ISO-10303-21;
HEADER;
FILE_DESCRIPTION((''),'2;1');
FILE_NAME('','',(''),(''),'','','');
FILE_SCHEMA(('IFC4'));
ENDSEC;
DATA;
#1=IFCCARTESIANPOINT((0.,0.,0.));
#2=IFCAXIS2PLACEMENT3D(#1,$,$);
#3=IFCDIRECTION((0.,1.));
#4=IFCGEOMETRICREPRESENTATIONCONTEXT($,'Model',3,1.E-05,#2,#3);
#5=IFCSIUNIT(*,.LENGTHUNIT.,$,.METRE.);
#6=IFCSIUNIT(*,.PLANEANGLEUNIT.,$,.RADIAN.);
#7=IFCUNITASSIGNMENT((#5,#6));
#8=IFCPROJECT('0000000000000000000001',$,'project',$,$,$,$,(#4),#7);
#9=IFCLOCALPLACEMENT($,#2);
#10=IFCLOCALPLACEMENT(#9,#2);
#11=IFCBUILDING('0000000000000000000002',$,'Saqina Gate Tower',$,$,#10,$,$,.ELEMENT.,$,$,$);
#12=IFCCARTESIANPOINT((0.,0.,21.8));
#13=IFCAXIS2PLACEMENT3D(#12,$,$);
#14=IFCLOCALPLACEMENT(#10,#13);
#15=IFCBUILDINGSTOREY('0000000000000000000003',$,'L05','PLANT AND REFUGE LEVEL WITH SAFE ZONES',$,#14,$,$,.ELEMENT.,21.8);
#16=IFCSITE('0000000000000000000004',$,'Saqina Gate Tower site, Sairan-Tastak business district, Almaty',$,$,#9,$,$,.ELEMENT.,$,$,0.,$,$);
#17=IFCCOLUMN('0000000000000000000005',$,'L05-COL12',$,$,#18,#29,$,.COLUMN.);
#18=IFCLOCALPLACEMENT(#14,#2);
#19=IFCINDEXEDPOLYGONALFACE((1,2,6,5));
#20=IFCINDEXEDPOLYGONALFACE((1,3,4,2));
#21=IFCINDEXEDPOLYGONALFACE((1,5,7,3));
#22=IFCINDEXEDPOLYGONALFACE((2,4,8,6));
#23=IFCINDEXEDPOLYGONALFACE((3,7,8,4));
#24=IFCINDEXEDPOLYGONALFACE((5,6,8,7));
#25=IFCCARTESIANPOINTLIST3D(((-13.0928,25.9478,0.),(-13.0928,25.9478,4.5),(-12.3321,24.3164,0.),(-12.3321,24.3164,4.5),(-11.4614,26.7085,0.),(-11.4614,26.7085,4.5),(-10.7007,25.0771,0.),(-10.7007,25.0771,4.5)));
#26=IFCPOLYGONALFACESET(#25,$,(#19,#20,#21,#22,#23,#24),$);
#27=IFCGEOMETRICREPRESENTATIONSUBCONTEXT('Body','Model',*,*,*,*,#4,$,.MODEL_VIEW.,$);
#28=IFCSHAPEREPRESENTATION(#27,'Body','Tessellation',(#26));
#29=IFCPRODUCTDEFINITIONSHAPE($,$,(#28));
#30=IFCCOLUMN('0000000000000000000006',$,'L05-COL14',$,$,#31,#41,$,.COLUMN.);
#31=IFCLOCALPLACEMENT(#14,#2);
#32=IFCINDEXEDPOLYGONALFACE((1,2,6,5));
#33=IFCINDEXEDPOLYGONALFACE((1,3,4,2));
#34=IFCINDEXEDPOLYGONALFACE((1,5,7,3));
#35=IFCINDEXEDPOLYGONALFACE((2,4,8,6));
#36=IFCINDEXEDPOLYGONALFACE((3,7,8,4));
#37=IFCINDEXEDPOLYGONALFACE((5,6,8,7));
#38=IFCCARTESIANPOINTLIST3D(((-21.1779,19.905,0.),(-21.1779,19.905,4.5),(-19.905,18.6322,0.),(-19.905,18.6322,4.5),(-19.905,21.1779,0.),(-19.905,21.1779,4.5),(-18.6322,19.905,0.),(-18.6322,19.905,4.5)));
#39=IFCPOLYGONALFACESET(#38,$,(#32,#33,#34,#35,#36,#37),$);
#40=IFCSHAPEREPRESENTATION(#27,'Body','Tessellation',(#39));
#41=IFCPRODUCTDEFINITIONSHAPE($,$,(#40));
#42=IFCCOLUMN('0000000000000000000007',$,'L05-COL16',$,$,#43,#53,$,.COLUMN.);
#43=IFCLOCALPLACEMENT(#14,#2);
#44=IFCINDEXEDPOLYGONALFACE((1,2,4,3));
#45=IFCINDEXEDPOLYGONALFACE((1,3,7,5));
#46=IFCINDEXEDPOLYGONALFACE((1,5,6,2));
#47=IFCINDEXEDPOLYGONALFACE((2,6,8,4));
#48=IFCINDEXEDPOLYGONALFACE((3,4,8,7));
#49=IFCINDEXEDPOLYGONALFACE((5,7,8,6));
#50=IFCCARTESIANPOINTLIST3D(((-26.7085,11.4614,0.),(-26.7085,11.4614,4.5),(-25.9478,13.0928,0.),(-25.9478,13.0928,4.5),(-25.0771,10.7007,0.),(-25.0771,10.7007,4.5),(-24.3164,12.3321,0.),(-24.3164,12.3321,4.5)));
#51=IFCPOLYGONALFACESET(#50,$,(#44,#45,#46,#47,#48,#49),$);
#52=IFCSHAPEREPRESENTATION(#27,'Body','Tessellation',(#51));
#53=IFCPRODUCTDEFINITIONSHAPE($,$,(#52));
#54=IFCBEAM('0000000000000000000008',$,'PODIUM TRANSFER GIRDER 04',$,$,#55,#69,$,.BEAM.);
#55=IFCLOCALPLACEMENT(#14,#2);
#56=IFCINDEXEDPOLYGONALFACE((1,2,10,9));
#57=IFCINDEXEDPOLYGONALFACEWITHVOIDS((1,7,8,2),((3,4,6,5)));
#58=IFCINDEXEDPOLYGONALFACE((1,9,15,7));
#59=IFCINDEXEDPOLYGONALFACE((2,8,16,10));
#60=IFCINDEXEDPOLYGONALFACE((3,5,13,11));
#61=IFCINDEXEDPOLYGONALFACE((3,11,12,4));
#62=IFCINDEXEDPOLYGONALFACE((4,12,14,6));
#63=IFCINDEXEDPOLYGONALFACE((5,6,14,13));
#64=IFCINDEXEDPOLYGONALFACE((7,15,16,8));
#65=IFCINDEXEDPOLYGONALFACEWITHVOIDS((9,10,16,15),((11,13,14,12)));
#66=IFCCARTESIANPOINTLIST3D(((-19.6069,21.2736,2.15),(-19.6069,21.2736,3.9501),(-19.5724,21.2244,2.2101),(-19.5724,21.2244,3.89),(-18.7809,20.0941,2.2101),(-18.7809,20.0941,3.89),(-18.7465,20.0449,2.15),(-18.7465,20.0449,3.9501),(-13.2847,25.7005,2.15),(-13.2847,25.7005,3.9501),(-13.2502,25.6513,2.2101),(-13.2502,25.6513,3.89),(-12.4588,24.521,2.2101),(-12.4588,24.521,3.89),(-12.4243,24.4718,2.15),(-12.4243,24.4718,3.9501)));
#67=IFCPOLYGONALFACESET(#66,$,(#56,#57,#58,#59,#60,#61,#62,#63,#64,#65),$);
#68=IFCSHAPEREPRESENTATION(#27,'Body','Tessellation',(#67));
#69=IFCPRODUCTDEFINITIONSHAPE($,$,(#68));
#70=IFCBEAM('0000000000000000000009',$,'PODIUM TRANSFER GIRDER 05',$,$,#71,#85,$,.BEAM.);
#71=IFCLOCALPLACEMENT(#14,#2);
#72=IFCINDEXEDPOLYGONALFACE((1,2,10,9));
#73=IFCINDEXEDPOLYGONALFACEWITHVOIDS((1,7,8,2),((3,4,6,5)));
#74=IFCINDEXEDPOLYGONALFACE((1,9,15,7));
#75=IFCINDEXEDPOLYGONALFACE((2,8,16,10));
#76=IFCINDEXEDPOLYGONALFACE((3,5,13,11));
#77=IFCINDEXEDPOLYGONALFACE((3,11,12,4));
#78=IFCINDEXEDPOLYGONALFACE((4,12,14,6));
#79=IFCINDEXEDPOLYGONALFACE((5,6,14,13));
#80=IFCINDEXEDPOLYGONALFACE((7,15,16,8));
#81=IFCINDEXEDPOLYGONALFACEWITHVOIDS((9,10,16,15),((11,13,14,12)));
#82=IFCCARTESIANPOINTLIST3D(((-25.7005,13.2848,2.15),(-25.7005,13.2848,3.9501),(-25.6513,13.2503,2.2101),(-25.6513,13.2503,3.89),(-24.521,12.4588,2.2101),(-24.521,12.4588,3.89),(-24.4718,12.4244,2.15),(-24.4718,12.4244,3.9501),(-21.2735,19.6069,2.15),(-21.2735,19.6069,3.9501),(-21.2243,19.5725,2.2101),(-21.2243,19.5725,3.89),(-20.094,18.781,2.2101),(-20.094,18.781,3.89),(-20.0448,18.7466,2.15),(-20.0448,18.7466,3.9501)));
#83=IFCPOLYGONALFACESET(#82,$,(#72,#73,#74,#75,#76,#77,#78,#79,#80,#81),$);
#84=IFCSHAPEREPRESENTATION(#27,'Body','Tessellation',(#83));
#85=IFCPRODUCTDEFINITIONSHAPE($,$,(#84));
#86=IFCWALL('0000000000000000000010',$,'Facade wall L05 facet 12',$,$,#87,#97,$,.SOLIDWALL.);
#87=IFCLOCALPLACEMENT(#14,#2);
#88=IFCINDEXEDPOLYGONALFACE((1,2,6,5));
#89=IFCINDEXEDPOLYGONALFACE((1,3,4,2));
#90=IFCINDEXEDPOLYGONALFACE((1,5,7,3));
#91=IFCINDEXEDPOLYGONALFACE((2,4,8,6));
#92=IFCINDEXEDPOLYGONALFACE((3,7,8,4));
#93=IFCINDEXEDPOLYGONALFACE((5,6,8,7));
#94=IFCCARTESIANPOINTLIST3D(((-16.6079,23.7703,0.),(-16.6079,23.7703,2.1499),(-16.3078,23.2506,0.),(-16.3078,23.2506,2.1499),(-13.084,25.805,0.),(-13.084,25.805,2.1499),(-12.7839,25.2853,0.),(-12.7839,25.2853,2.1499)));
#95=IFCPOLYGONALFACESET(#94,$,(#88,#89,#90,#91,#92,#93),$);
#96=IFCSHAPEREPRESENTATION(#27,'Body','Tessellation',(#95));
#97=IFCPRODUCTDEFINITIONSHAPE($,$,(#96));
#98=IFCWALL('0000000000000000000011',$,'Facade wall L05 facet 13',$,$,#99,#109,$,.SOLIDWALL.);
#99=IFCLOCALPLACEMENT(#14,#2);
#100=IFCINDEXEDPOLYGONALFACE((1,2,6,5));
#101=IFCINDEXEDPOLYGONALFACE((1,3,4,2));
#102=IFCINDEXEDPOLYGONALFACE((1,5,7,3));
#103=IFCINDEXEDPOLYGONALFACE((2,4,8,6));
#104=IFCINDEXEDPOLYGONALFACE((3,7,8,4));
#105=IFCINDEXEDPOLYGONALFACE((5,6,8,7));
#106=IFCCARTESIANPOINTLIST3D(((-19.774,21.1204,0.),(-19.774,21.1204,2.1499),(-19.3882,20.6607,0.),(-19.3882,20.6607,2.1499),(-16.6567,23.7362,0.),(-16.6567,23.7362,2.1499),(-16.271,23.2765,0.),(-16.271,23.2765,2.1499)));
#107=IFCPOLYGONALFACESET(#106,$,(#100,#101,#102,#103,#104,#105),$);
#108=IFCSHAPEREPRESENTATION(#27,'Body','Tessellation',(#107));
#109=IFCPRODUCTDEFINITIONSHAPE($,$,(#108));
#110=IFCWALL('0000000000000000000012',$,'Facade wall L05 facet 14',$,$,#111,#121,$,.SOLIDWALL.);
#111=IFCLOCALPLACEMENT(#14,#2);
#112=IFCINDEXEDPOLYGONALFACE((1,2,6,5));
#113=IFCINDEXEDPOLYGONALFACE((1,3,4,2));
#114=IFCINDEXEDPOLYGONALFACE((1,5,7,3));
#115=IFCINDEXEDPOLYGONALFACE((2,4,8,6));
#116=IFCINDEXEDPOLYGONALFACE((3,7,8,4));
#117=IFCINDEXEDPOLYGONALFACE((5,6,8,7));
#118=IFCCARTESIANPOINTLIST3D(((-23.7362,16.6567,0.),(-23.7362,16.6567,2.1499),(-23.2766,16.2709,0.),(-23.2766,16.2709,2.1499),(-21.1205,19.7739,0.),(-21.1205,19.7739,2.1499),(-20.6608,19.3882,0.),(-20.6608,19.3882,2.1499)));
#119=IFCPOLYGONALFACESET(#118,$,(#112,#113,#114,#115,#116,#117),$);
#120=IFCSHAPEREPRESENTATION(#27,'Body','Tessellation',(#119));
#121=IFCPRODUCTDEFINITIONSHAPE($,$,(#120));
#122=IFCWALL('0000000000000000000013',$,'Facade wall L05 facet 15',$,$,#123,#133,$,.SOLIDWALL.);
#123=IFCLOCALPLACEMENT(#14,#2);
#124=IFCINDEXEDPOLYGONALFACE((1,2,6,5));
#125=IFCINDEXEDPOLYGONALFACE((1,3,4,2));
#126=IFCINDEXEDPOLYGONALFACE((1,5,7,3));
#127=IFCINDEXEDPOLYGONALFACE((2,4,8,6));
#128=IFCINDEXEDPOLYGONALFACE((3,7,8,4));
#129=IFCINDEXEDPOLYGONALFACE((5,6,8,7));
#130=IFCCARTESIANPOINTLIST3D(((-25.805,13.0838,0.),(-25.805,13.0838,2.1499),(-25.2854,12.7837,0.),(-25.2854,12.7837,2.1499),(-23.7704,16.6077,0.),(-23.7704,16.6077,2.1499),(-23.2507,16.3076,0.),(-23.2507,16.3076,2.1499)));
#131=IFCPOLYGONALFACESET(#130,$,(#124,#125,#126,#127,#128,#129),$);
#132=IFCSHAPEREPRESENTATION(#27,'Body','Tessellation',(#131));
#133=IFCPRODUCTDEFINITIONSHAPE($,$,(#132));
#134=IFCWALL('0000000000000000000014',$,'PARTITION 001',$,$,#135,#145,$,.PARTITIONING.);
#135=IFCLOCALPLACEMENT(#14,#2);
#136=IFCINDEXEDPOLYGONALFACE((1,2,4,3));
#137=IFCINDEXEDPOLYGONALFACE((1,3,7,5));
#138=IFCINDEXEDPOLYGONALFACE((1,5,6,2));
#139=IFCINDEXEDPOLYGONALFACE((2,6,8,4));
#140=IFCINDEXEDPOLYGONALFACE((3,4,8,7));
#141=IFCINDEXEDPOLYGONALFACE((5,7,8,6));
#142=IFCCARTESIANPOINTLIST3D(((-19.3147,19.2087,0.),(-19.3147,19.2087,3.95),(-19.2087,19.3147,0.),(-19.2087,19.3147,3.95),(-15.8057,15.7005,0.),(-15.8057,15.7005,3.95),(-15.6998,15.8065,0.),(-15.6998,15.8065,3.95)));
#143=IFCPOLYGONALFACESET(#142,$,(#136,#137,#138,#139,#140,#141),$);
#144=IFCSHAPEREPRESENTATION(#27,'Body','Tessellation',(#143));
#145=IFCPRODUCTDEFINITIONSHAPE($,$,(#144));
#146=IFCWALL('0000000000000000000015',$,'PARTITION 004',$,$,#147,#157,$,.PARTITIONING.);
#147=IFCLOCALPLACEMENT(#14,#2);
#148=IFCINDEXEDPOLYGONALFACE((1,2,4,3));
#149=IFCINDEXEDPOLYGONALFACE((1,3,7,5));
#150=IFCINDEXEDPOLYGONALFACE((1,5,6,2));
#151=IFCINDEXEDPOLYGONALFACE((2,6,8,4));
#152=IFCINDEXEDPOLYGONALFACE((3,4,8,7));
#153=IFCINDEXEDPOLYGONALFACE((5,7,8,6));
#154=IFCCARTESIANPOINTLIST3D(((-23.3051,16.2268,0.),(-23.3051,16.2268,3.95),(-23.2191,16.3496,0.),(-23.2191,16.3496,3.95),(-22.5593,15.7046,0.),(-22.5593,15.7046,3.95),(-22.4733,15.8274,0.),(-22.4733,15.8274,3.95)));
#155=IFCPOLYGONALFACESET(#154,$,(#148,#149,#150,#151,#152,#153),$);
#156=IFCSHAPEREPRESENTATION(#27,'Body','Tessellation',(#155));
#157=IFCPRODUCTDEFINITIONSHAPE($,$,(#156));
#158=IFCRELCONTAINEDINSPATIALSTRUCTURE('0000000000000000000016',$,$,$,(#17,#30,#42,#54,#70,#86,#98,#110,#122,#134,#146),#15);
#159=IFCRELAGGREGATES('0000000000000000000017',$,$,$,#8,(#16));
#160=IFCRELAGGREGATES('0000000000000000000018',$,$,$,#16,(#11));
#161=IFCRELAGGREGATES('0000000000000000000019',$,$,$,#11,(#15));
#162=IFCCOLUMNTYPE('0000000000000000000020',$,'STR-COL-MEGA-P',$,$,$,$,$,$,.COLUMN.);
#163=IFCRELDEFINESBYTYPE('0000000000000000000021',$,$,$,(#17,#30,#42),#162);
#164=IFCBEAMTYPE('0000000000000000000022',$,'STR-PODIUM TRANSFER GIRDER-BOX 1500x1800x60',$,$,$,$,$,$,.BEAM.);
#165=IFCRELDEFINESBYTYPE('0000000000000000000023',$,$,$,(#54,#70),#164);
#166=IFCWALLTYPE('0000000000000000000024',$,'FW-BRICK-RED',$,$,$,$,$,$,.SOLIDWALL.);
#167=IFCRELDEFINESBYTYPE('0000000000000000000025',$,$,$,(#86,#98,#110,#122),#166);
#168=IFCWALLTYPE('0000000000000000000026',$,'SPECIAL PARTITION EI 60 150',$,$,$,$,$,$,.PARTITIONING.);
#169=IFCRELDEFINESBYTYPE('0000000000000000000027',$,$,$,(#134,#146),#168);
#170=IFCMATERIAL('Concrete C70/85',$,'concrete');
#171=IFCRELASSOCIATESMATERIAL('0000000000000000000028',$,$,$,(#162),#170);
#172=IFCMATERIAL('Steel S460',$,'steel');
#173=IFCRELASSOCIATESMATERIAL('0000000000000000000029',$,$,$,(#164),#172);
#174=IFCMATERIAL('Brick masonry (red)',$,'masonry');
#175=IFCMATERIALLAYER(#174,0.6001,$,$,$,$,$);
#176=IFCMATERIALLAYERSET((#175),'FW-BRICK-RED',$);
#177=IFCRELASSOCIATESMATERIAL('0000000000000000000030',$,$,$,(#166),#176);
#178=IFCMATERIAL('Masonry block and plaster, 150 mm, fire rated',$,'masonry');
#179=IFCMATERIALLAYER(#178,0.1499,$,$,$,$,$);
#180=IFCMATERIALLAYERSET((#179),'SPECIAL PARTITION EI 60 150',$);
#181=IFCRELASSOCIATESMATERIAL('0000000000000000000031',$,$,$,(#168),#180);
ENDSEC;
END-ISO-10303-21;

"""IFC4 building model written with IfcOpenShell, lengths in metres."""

from ifc_helpers import new_model, si_unit, direction, frame, frame_2d, origin, origin_2d, place, context, subcontext, project, spatial, rectangle, hollow_rectangle, extrude, material, layer, layer_set, material_profile, profile_set, type_object, element, save


model = new_model("IFC4")

# Units and contexts
model_context = context("Model", 3, precision=1e-05, world=origin(), true_north=direction((0.0, 1.0)))
body_context = subcontext(model_context, "Body", "Model", "MODEL_VIEW")
ifc_project = project(units=[si_unit("LENGTHUNIT", "METRE"), si_unit("PLANEANGLEUNIT", "RADIAN")], contexts=[model_context])

# Site, building, storey
site_placement = place(None, origin())
site = spatial("IfcSite", under=ifc_project, at=site_placement, Name="Saqina Gate Tower site, Sairan-Tastak business district, Almaty", CompositionType="ELEMENT", RefElevation=0.0)
building_placement = place(site_placement, origin())
building = spatial("IfcBuilding", under=site, at=building_placement, Name="Saqina Gate Tower", CompositionType="ELEMENT")
storey_placement = place(building_placement, frame((0.0, 0.0, 21.8)))
storey = spatial("IfcBuildingStorey", under=building, at=storey_placement, Name="L05", Description="PLANT AND REFUGE LEVEL WITH SAFE ZONES", CompositionType="ELEMENT", Elevation=21.8)

# Columns
ifc_material_1 = material(Name="Concrete C70/85", Category="concrete")
ifc_material_profile_1 = material_profile(ifc_material_1, rectangle(XDim=1.8, YDim=1.8, at=origin_2d()), Name="RC 1800x1800")
ifc_profile_set_1 = profile_set([ifc_material_profile_1], Name="Concrete C70/85")
column_type = type_object("IfcColumnType", Name="STR-COL-MEGA-P", PredefinedType="COLUMN", material=ifc_profile_set_1)
for number, where, z_axis, x_axis, name in (
    (1, (-11.8967, 25.5125, 0.0), (0.0, 0.0, 1.0), (-0.422618, 0.906308, 0.0), "L05-COL12"),
    (2, (-19.905, 19.905, 0.0), (0.0, 0.0, 1.0), (-0.707107, 0.707107, 0.0), "L05-COL14"),
    (3, (-25.5125, 11.8967, 0.0), (0.0, 0.0, 1.0), (-0.906308, 0.422618, 0.0), "L05-COL16"),
):
    element("IfcColumn", number, at=place(storey_placement, frame(where, z_axis=z_axis, x_axis=x_axis)), inside=storey, type_object=column_type, Name=name, PredefinedType="COLUMN", context=body_context, shape_type="SweptSolid", body=[
        extrude(rectangle(XDim=1.8, YDim=1.8, at=origin_2d()), origin(), (0.0, 0.0, 1.0), 4.5),
    ])

# Beams
ifc_material_2 = material(Name="Steel S460", Category="steel")
ifc_material_profile_2 = material_profile(ifc_material_2, hollow_rectangle(XDim=1.5, YDim=1.8, WallThickness=0.0601, at=origin_2d()), Name="BOX 1500x1800x60")
ifc_profile_set_2 = profile_set([ifc_material_profile_2], Name="Steel S460")
beam_type = type_object("IfcBeamType", Name="STR-PODIUM TRANSFER GIRDER-BOX 1500x1800x60", PredefinedType="BEAM", material=ifc_profile_set_2)
for number, where, z_axis, x_axis, name in (
    (4, (-12.8545, 25.0862, 3.05), (-0.819146, -0.573585, 0.0), (0.573585, -0.819146, 0.0), "PODIUM TRANSFER GIRDER 04"),
    (5, (-20.6592, 19.1768, 3.05), (-0.573585, -0.819146, 0.0), (0.819146, -0.573585, 0.0), "PODIUM TRANSFER GIRDER 05"),
):
    element("IfcBeam", number, at=place(storey_placement, frame(where, z_axis=z_axis, x_axis=x_axis)), inside=storey, type_object=beam_type, Name=name, PredefinedType="BEAM", context=body_context, shape_type="SweptSolid", body=[
        extrude(hollow_rectangle(XDim=1.5, YDim=1.8, WallThickness=0.0601, at=origin_2d()), origin(), (0.0, 0.0, 1.0), 7.718),
    ])

# Walls
ifc_material_3 = material(Name="Brick masonry (red)", Category="masonry")
ifc_layer_1 = layer(ifc_material_3, 0.6001)
ifc_layer_set_1 = layer_set([ifc_layer_1], Name="FW-BRICK-RED")
wall_type_1 = type_object("IfcWallType", Name="FW-BRICK-RED", PredefinedType="SOLIDWALL", material=ifc_layer_set_1)
wall_1_placement = place(storey_placement, frame((-12.9338, 25.5452, 0.0), z_axis=(0.0, 0.0, 1.0), x_axis=(-0.866012, -0.500024, 0.0)))
element("IfcWall", 6, at=wall_1_placement, inside=storey, type_object=wall_type_1, Name="Facade wall L05 facet 12", PredefinedType="SOLIDWALL", context=body_context, shape_type="SweptSolid", body=[
    extrude(rectangle(XDim=4.0691, YDim=0.6001, at=frame_2d((2.0347, 0.0))), origin(), (0.0, 0.0, 1.0), 2.1499),
])
for number, where, z_axis, x_axis, name in (
    (7, (-16.4639, 23.5063, 0.0), (0.0, 0.0, 1.0), (-0.766033, -0.642801, 0.0), "Facade wall L05 facet 13"),
    (8, (-20.8906, 19.5811, 0.0), (0.0, 0.0, 1.0), (-0.642801, -0.766033, 0.0), "Facade wall L05 facet 14"),
):
    element("IfcWall", number, at=place(storey_placement, frame(where, z_axis=z_axis, x_axis=x_axis)), inside=storey, type_object=wall_type_1, Name=name, PredefinedType="SOLIDWALL", context=body_context, shape_type="SweptSolid", body=[
        extrude(rectangle(XDim=4.0693, YDim=0.6001, at=frame_2d((2.0347, 0.0))), origin(), (0.0, 0.0, 1.0), 2.1499),
    ])
wall_2_placement = place(storey_placement, frame((-23.5105, 16.4578, 0.0), z_axis=(0.0, 0.0, 1.0), x_axis=(-0.500024, -0.866012, 0.0)))
element("IfcWall", 9, at=wall_2_placement, inside=storey, type_object=wall_type_1, Name="Facade wall L05 facet 15", PredefinedType="SOLIDWALL", context=body_context, shape_type="SweptSolid", body=[
    extrude(rectangle(XDim=4.0691, YDim=0.6001, at=frame_2d((2.0347, 0.0))), origin(), (0.0, 0.0, 1.0), 2.1499),
])
ifc_material_4 = material(Name="Masonry block and plaster, 150 mm, fire rated", Category="masonry")
ifc_layer_2 = layer(ifc_material_4, 0.1499)
ifc_layer_set_2 = layer_set([ifc_layer_2], Name="SPECIAL PARTITION EI 60 150")
wall_type_2 = type_object("IfcWallType", Name="SPECIAL PARTITION EI 60 150", PredefinedType="PARTITIONING", material=ifc_layer_set_2)
wall_3_placement = place(storey_placement, frame((-19.2617, 19.2617, 0.0), z_axis=(0.0, 0.0, 1.0), x_axis=(0.707181, -0.707033, 0.0)))
element("IfcWall", 10, at=wall_3_placement, inside=storey, type_object=wall_type_2, Name="PARTITION 001", PredefinedType="PARTITIONING", context=body_context, shape_type="SweptSolid", body=[
    extrude(rectangle(XDim=4.9619, YDim=0.1499, at=frame_2d((2.481, 0.0))), origin(), (0.0, 0.0, 1.0), 3.95),
])
wall_4_placement = place(storey_placement, frame((-23.262, 16.2881, 0.0), z_axis=(0.0, 0.0, 1.0), x_axis=(0.819169, -0.573552, 0.0)))
element("IfcWall", 11, at=wall_4_placement, inside=storey, type_object=wall_type_2, Name="PARTITION 004", PredefinedType="PARTITIONING", context=body_context, shape_type="SweptSolid", body=[
    extrude(rectangle(XDim=0.9104, YDim=0.1499, at=frame_2d((0.4551, 0.0))), origin(), (0.0, 0.0, 1.0), 3.95),
])

save(model, "model.ifc")
